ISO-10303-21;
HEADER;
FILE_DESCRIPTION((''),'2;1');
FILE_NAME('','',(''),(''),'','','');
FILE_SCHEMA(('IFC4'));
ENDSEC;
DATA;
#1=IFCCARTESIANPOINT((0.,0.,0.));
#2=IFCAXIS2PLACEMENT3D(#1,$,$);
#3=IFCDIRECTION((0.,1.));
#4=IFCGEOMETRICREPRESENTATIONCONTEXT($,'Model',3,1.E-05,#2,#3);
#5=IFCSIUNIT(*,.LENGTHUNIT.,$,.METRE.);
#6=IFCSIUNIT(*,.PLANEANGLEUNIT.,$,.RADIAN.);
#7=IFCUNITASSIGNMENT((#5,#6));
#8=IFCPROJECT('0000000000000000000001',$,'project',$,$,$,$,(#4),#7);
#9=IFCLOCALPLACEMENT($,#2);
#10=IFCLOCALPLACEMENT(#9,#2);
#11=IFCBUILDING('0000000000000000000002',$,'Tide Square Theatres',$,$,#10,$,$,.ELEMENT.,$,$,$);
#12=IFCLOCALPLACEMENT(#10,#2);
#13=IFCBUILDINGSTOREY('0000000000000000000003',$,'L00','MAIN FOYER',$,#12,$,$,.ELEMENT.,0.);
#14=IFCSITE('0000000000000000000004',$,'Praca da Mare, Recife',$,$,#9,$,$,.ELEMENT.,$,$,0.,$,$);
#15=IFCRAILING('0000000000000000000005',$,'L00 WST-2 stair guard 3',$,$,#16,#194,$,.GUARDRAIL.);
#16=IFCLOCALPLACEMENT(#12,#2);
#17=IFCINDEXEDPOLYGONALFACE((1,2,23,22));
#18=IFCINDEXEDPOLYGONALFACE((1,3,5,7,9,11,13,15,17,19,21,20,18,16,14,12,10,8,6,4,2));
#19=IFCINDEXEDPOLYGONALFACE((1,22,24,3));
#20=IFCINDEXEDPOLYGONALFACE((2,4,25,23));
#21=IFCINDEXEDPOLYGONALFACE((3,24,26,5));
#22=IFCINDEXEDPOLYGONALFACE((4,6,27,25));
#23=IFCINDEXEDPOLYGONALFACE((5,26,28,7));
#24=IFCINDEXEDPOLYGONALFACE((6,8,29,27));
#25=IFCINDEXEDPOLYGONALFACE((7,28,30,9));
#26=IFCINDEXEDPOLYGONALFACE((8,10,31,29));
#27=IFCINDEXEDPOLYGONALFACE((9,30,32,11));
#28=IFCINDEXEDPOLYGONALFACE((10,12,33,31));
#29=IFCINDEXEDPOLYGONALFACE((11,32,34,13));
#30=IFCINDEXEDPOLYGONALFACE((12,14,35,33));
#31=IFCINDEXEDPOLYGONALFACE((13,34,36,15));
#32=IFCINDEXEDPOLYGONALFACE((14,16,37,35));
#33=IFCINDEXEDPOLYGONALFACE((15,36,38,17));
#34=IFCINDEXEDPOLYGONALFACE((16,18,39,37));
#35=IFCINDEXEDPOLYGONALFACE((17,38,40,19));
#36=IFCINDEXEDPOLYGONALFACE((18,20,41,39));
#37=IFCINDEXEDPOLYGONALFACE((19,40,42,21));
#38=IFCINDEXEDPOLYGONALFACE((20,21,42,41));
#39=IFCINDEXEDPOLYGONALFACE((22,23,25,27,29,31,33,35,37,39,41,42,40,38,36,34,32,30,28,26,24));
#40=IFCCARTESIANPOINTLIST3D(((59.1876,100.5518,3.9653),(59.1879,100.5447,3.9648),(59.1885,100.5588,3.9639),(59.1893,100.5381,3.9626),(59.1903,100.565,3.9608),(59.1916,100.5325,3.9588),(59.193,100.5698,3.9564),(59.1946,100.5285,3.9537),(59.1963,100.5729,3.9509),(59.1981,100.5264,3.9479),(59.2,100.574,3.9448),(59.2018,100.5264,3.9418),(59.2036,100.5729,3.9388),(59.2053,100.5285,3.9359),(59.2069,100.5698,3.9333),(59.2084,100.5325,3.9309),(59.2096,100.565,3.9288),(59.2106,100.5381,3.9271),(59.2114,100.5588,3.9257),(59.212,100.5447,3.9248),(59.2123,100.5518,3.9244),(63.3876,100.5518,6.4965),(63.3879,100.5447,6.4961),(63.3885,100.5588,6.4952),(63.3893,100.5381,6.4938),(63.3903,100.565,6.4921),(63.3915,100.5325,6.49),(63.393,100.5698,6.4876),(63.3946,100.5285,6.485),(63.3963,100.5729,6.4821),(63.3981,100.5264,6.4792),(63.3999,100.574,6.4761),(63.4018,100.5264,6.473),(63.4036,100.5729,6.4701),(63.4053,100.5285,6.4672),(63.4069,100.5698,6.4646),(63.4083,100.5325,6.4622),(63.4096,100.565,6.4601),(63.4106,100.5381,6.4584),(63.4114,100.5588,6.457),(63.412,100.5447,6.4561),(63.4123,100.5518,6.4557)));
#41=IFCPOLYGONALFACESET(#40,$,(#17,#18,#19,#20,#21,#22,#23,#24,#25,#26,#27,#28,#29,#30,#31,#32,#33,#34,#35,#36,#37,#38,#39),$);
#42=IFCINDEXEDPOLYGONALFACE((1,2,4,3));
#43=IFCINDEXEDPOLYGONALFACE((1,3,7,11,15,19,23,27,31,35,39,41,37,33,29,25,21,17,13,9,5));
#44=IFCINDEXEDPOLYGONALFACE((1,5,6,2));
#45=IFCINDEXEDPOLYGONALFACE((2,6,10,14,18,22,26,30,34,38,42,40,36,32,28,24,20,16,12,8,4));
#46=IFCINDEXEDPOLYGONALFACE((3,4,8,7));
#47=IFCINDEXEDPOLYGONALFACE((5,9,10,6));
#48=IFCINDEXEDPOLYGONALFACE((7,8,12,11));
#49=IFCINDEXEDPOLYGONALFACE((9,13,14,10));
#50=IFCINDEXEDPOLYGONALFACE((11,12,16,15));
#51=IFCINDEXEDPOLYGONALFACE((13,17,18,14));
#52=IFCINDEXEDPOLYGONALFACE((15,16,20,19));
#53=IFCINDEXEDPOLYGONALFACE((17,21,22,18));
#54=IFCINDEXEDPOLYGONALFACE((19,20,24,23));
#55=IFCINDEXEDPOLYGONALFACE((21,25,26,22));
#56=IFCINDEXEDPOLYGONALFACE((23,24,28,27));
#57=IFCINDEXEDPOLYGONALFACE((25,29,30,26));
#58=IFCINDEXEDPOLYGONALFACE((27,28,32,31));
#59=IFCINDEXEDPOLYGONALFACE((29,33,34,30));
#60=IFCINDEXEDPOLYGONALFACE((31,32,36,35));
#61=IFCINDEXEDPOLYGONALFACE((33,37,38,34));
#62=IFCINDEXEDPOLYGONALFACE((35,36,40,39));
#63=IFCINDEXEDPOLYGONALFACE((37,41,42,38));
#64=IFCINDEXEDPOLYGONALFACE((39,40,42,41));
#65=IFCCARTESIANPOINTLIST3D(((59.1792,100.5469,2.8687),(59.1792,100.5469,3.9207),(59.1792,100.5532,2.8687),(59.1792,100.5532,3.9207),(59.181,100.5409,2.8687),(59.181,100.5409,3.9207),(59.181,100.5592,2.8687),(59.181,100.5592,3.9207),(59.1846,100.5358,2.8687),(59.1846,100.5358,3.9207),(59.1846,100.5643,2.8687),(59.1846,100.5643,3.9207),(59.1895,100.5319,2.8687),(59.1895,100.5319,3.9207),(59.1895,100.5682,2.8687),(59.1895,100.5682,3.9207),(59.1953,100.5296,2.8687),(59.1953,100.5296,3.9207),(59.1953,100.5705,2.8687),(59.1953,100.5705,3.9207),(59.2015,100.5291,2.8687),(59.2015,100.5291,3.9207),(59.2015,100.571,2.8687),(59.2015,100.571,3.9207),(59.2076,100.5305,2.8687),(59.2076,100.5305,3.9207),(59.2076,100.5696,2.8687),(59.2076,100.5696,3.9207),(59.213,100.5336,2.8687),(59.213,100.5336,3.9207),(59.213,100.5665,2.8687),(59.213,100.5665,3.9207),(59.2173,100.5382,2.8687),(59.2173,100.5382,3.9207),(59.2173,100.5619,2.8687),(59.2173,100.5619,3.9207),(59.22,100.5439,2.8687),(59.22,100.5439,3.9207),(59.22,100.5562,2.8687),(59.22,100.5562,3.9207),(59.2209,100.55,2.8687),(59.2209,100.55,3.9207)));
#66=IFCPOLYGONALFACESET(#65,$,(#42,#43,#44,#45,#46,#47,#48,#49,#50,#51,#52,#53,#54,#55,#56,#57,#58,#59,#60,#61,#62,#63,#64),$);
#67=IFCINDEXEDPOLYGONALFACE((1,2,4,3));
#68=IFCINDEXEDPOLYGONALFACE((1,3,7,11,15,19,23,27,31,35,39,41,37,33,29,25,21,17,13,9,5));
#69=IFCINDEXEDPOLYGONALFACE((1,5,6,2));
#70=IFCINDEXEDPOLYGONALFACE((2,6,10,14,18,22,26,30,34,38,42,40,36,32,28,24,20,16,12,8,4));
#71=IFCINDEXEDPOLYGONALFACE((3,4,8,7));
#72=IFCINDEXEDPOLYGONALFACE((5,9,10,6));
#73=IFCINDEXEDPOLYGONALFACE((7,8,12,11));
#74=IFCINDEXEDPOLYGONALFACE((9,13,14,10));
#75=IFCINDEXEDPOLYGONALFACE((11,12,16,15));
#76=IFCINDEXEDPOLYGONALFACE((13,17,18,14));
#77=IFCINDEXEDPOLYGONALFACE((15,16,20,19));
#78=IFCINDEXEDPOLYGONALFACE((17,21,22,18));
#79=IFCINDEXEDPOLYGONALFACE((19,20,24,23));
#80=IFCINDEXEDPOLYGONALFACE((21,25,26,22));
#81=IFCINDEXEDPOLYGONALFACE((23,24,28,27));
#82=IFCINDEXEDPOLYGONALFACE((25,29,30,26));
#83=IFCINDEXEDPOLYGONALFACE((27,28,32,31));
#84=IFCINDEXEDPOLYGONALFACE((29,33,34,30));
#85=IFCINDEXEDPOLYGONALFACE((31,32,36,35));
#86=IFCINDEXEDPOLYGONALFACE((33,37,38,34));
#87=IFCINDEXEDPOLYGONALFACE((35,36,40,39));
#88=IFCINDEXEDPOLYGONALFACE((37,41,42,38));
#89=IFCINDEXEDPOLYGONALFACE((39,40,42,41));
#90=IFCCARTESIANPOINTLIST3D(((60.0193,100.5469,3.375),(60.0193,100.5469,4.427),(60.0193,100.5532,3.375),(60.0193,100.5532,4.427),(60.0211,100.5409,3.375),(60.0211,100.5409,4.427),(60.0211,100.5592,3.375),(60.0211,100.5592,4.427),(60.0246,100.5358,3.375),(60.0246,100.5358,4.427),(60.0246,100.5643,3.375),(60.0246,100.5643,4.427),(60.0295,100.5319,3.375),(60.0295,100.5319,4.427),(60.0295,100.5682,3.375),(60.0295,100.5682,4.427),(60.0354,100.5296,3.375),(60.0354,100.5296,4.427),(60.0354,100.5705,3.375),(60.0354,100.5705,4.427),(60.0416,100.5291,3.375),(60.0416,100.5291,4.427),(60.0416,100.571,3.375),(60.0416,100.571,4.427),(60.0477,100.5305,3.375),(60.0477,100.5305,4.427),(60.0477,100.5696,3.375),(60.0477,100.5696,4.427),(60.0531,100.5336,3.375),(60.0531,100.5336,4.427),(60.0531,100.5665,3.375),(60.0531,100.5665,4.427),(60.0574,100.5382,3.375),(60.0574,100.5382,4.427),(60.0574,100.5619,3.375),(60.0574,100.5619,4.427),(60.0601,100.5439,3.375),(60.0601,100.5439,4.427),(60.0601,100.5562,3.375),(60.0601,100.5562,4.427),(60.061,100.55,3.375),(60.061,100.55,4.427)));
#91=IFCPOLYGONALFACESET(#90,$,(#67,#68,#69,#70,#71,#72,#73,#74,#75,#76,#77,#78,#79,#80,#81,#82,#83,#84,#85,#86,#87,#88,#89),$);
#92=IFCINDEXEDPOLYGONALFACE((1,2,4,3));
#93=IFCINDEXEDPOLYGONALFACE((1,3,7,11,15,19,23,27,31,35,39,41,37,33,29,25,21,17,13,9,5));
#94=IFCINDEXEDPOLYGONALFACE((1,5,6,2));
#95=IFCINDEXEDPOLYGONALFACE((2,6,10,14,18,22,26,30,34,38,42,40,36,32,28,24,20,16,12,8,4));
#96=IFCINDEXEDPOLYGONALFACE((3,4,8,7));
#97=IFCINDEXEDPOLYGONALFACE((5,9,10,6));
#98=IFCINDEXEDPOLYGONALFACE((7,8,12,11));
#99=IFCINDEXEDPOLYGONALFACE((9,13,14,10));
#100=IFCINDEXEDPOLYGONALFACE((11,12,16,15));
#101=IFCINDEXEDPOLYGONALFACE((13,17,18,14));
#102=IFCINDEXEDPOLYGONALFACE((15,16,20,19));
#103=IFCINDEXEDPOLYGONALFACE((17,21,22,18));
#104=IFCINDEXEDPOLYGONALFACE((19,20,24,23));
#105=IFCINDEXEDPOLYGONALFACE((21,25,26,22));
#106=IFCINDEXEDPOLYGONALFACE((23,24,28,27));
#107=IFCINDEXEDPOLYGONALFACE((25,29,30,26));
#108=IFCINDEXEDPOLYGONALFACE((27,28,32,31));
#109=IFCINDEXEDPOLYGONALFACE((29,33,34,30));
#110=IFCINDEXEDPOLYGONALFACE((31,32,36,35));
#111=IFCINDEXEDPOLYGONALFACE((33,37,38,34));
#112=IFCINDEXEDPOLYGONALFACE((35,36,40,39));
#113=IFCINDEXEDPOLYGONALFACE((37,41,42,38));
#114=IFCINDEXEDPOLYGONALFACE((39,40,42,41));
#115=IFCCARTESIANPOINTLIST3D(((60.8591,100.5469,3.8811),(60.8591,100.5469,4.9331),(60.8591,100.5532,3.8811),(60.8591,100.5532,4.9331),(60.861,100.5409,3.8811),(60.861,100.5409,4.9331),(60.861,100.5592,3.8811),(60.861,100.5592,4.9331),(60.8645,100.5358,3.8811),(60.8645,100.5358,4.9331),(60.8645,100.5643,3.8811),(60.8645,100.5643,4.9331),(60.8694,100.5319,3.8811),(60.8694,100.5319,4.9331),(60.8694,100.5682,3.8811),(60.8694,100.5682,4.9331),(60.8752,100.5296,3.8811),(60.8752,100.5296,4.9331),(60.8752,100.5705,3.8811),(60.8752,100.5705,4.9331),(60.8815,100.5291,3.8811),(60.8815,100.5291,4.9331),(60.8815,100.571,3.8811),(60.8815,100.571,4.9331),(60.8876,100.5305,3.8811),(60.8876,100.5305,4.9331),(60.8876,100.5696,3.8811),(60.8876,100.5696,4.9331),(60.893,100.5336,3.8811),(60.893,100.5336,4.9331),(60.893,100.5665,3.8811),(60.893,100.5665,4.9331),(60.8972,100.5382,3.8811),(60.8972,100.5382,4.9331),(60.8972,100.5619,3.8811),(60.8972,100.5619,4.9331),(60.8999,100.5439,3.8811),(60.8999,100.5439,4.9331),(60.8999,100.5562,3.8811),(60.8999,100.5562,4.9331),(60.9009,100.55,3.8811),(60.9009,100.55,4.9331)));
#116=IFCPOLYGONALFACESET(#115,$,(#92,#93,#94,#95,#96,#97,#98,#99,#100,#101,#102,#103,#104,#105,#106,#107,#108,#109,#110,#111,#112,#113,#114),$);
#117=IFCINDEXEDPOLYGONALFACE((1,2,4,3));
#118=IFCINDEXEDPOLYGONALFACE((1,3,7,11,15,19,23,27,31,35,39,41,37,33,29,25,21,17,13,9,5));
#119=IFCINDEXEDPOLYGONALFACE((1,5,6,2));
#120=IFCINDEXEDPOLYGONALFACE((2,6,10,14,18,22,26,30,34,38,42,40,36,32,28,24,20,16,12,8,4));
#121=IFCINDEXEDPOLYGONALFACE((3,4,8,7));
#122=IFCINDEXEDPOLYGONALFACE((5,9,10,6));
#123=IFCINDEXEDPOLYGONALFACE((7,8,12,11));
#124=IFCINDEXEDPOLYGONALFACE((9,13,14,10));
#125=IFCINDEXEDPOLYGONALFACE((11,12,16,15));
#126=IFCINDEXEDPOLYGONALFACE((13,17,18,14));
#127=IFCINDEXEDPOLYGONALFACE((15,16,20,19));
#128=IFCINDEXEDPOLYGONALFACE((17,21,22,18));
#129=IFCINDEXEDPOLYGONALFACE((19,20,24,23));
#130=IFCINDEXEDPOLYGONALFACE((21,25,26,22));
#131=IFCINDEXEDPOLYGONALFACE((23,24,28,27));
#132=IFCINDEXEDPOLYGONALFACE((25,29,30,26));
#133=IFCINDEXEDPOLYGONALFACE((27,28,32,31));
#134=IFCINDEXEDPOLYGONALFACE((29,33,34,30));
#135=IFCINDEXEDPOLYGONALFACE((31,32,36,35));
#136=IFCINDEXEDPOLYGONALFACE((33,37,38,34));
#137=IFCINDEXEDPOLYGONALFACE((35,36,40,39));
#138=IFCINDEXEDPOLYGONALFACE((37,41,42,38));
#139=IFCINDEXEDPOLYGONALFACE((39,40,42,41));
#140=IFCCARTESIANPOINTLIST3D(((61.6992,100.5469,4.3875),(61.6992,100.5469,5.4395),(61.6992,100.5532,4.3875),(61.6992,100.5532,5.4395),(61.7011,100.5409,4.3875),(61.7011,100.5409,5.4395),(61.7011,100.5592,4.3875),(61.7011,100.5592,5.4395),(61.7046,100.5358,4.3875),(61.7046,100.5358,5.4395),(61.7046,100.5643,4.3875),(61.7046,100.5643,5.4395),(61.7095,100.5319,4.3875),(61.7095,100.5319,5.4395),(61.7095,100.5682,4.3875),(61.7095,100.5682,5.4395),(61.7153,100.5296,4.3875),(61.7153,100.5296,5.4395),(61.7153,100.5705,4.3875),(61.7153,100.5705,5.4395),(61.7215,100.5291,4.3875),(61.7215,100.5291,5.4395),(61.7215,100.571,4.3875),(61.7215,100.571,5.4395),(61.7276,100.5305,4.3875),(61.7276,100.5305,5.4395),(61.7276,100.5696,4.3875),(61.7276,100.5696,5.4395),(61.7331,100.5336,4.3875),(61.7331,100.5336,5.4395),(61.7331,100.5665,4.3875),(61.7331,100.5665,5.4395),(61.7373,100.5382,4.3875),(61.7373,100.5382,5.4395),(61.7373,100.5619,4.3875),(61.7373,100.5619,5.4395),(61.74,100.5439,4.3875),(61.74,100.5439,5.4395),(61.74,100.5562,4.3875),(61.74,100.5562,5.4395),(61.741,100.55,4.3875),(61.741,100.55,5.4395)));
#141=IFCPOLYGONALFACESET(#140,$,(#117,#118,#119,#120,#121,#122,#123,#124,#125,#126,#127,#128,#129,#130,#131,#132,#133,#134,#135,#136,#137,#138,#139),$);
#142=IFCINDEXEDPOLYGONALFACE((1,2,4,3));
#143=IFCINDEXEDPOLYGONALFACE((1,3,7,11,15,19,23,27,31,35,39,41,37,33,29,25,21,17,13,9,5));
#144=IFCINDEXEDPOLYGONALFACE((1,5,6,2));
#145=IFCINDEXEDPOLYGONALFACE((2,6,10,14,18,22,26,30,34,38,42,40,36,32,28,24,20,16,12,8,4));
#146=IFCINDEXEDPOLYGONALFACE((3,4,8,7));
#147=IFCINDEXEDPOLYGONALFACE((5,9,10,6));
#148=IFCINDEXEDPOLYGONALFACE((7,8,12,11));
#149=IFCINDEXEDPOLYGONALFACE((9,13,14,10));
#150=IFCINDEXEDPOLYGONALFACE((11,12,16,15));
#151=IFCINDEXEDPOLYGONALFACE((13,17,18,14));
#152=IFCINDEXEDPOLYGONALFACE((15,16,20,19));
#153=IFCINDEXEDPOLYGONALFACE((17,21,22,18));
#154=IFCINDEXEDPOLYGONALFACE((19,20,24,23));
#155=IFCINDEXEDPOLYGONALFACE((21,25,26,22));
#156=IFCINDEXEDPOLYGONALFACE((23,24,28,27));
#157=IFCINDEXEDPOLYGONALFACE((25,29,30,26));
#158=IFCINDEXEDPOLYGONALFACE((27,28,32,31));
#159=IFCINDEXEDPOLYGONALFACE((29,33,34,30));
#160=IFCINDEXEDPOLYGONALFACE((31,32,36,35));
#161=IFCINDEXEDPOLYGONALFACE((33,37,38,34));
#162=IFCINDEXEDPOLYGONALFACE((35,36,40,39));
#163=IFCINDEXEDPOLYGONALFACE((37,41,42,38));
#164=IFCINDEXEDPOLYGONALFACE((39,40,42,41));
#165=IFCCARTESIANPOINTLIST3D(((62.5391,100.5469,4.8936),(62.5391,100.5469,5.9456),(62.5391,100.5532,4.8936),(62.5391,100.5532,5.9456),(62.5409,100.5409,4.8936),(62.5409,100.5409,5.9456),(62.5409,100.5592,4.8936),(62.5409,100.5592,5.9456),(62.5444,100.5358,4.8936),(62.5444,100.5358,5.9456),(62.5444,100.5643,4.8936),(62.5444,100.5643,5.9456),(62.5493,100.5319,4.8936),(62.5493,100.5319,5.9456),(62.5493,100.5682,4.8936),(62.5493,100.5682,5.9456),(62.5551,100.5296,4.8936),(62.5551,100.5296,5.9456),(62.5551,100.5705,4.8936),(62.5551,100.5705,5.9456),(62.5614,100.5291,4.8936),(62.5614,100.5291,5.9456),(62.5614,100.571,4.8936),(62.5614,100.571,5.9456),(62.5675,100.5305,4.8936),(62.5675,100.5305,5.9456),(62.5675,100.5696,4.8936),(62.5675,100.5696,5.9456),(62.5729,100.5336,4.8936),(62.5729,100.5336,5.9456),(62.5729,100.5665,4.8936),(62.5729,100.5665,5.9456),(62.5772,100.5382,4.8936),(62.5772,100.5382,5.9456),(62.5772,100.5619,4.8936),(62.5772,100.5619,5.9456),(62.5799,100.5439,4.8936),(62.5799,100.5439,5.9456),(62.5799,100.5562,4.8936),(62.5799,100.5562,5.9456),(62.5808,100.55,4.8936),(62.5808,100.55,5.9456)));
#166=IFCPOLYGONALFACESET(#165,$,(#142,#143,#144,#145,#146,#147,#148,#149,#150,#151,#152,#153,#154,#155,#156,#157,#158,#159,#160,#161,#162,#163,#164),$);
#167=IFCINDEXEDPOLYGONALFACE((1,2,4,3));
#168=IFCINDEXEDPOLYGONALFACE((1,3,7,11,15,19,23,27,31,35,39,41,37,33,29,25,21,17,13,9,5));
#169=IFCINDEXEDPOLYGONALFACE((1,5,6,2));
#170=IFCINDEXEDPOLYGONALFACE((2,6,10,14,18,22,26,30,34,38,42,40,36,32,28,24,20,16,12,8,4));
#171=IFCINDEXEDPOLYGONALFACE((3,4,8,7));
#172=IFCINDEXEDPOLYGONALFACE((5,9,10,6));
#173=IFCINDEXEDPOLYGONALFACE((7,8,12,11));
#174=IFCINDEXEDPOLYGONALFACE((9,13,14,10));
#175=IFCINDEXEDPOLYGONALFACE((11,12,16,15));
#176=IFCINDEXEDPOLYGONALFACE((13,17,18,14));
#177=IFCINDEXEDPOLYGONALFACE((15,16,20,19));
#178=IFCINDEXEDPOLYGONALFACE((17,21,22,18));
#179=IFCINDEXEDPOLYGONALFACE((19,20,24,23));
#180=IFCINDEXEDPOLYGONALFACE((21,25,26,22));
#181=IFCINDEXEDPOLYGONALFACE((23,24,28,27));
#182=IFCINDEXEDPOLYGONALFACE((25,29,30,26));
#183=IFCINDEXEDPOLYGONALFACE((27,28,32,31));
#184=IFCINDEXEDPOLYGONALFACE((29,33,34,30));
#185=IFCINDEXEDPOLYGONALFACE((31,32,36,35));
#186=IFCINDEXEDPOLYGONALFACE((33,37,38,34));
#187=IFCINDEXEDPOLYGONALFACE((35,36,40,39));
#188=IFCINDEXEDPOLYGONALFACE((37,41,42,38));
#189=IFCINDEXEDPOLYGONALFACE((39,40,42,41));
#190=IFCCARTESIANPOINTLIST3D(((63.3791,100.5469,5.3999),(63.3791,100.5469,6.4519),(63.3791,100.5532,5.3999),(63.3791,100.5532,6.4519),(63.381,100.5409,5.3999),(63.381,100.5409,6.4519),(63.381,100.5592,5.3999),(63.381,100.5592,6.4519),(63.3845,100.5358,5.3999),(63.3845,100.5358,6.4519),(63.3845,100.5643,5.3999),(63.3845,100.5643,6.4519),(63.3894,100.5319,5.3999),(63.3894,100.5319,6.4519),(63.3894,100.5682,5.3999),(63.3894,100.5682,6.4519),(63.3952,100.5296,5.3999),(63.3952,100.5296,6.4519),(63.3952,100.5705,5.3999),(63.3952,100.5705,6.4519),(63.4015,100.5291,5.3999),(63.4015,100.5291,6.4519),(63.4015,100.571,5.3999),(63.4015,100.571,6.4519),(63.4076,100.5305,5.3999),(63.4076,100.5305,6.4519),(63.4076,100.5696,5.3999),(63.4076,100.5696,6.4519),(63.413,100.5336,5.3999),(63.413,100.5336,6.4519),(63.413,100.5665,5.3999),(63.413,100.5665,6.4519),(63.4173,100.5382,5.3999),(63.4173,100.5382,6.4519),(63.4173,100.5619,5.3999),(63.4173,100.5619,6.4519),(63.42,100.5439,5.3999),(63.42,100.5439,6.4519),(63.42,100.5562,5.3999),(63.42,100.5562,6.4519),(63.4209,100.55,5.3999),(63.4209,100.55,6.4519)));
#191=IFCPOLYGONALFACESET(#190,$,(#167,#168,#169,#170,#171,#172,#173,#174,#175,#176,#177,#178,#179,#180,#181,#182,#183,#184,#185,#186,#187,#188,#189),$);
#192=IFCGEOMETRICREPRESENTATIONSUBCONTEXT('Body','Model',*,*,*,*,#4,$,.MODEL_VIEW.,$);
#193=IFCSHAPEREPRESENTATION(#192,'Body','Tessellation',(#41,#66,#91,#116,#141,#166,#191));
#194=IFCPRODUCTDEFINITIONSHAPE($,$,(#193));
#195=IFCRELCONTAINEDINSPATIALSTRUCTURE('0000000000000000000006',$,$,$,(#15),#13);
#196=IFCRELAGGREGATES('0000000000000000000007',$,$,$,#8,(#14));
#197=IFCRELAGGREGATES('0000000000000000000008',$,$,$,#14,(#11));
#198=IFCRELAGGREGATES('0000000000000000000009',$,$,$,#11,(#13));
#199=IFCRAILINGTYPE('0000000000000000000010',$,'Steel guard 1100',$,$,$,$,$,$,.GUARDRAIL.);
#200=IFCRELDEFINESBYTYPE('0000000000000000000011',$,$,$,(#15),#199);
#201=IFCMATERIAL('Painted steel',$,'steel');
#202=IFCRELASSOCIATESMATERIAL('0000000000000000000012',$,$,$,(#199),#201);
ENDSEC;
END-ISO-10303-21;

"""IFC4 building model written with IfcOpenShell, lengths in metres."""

from ifc_helpers import new_model, si_unit, direction, frame, origin, origin_2d, place, context, subcontext, project, spatial, circle, extrude, material, type_object, element, save


model = new_model("IFC4")

# Units and contexts
model_context = context("Model", 3, precision=1e-05, world=origin(), true_north=direction((0.0, 1.0)))
body_context = subcontext(model_context, "Body", "Model", "MODEL_VIEW")
ifc_project = project(units=[si_unit("LENGTHUNIT", "METRE"), si_unit("PLANEANGLEUNIT", "RADIAN")], contexts=[model_context])

# Site, building, storey
site_placement = place(None, origin())
site = spatial("IfcSite", under=ifc_project, at=site_placement, Name="Praca da Mare, Recife", CompositionType="ELEMENT", RefElevation=0.0)
building_placement = place(site_placement, origin())
building = spatial("IfcBuilding", under=site, at=building_placement, Name="Tide Square Theatres", CompositionType="ELEMENT")
storey_placement = place(building_placement, origin())
storey = spatial("IfcBuildingStorey", under=building, at=storey_placement, Name="L00", Description="MAIN FOYER", CompositionType="ELEMENT", Elevation=0.0)

# Railing
ifc_material_1 = material(Name="Painted steel", Category="steel")
railing_type_1 = type_object("IfcRailingType", Name="Steel guard 1100", PredefinedType="GUARDRAIL", material=ifc_material_1)
railing_1_placement = place(storey_placement, frame((59.2, 100.55, 2.8687)))
element("IfcRailing", 1, at=railing_1_placement, inside=storey, type_object=railing_type_1, Name="L00 WST-2 stair guard 3", PredefinedType="GUARDRAIL", context=body_context, shape_type="SweptSolid", body=[
    extrude(circle(Radius=0.0239, at=origin_2d()), frame((0.0, 0.0, 1.0762), z_axis=(0.856476, 0.0, 0.516186), x_axis=(0.0, 1.0, 0.0)), (0.0, 0.0, 1.0), 4.9038),
    extrude(circle(Radius=0.021, at=origin_2d()), origin(), (0.0, 0.0, 1.0), 1.052),
    extrude(circle(Radius=0.021, at=origin_2d()), frame((0.8401, 0.0, 0.5063)), (0.0, 0.0, 1.0), 1.052),
    extrude(circle(Radius=0.021, at=origin_2d()), frame((1.6799, 0.0, 1.0125)), (0.0, 0.0, 1.0), 1.052),
    extrude(circle(Radius=0.021, at=origin_2d()), frame((2.52, 0.0, 1.5188)), (0.0, 0.0, 1.0), 1.052),
    extrude(circle(Radius=0.021, at=origin_2d()), frame((3.3599, 0.0, 2.0249)), (0.0, 0.0, 1.0), 1.052),
    extrude(circle(Radius=0.021, at=origin_2d()), frame((4.2, 0.0, 2.5312)), (0.0, 0.0, 1.0), 1.052),
])

save(model, "model.ifc")
